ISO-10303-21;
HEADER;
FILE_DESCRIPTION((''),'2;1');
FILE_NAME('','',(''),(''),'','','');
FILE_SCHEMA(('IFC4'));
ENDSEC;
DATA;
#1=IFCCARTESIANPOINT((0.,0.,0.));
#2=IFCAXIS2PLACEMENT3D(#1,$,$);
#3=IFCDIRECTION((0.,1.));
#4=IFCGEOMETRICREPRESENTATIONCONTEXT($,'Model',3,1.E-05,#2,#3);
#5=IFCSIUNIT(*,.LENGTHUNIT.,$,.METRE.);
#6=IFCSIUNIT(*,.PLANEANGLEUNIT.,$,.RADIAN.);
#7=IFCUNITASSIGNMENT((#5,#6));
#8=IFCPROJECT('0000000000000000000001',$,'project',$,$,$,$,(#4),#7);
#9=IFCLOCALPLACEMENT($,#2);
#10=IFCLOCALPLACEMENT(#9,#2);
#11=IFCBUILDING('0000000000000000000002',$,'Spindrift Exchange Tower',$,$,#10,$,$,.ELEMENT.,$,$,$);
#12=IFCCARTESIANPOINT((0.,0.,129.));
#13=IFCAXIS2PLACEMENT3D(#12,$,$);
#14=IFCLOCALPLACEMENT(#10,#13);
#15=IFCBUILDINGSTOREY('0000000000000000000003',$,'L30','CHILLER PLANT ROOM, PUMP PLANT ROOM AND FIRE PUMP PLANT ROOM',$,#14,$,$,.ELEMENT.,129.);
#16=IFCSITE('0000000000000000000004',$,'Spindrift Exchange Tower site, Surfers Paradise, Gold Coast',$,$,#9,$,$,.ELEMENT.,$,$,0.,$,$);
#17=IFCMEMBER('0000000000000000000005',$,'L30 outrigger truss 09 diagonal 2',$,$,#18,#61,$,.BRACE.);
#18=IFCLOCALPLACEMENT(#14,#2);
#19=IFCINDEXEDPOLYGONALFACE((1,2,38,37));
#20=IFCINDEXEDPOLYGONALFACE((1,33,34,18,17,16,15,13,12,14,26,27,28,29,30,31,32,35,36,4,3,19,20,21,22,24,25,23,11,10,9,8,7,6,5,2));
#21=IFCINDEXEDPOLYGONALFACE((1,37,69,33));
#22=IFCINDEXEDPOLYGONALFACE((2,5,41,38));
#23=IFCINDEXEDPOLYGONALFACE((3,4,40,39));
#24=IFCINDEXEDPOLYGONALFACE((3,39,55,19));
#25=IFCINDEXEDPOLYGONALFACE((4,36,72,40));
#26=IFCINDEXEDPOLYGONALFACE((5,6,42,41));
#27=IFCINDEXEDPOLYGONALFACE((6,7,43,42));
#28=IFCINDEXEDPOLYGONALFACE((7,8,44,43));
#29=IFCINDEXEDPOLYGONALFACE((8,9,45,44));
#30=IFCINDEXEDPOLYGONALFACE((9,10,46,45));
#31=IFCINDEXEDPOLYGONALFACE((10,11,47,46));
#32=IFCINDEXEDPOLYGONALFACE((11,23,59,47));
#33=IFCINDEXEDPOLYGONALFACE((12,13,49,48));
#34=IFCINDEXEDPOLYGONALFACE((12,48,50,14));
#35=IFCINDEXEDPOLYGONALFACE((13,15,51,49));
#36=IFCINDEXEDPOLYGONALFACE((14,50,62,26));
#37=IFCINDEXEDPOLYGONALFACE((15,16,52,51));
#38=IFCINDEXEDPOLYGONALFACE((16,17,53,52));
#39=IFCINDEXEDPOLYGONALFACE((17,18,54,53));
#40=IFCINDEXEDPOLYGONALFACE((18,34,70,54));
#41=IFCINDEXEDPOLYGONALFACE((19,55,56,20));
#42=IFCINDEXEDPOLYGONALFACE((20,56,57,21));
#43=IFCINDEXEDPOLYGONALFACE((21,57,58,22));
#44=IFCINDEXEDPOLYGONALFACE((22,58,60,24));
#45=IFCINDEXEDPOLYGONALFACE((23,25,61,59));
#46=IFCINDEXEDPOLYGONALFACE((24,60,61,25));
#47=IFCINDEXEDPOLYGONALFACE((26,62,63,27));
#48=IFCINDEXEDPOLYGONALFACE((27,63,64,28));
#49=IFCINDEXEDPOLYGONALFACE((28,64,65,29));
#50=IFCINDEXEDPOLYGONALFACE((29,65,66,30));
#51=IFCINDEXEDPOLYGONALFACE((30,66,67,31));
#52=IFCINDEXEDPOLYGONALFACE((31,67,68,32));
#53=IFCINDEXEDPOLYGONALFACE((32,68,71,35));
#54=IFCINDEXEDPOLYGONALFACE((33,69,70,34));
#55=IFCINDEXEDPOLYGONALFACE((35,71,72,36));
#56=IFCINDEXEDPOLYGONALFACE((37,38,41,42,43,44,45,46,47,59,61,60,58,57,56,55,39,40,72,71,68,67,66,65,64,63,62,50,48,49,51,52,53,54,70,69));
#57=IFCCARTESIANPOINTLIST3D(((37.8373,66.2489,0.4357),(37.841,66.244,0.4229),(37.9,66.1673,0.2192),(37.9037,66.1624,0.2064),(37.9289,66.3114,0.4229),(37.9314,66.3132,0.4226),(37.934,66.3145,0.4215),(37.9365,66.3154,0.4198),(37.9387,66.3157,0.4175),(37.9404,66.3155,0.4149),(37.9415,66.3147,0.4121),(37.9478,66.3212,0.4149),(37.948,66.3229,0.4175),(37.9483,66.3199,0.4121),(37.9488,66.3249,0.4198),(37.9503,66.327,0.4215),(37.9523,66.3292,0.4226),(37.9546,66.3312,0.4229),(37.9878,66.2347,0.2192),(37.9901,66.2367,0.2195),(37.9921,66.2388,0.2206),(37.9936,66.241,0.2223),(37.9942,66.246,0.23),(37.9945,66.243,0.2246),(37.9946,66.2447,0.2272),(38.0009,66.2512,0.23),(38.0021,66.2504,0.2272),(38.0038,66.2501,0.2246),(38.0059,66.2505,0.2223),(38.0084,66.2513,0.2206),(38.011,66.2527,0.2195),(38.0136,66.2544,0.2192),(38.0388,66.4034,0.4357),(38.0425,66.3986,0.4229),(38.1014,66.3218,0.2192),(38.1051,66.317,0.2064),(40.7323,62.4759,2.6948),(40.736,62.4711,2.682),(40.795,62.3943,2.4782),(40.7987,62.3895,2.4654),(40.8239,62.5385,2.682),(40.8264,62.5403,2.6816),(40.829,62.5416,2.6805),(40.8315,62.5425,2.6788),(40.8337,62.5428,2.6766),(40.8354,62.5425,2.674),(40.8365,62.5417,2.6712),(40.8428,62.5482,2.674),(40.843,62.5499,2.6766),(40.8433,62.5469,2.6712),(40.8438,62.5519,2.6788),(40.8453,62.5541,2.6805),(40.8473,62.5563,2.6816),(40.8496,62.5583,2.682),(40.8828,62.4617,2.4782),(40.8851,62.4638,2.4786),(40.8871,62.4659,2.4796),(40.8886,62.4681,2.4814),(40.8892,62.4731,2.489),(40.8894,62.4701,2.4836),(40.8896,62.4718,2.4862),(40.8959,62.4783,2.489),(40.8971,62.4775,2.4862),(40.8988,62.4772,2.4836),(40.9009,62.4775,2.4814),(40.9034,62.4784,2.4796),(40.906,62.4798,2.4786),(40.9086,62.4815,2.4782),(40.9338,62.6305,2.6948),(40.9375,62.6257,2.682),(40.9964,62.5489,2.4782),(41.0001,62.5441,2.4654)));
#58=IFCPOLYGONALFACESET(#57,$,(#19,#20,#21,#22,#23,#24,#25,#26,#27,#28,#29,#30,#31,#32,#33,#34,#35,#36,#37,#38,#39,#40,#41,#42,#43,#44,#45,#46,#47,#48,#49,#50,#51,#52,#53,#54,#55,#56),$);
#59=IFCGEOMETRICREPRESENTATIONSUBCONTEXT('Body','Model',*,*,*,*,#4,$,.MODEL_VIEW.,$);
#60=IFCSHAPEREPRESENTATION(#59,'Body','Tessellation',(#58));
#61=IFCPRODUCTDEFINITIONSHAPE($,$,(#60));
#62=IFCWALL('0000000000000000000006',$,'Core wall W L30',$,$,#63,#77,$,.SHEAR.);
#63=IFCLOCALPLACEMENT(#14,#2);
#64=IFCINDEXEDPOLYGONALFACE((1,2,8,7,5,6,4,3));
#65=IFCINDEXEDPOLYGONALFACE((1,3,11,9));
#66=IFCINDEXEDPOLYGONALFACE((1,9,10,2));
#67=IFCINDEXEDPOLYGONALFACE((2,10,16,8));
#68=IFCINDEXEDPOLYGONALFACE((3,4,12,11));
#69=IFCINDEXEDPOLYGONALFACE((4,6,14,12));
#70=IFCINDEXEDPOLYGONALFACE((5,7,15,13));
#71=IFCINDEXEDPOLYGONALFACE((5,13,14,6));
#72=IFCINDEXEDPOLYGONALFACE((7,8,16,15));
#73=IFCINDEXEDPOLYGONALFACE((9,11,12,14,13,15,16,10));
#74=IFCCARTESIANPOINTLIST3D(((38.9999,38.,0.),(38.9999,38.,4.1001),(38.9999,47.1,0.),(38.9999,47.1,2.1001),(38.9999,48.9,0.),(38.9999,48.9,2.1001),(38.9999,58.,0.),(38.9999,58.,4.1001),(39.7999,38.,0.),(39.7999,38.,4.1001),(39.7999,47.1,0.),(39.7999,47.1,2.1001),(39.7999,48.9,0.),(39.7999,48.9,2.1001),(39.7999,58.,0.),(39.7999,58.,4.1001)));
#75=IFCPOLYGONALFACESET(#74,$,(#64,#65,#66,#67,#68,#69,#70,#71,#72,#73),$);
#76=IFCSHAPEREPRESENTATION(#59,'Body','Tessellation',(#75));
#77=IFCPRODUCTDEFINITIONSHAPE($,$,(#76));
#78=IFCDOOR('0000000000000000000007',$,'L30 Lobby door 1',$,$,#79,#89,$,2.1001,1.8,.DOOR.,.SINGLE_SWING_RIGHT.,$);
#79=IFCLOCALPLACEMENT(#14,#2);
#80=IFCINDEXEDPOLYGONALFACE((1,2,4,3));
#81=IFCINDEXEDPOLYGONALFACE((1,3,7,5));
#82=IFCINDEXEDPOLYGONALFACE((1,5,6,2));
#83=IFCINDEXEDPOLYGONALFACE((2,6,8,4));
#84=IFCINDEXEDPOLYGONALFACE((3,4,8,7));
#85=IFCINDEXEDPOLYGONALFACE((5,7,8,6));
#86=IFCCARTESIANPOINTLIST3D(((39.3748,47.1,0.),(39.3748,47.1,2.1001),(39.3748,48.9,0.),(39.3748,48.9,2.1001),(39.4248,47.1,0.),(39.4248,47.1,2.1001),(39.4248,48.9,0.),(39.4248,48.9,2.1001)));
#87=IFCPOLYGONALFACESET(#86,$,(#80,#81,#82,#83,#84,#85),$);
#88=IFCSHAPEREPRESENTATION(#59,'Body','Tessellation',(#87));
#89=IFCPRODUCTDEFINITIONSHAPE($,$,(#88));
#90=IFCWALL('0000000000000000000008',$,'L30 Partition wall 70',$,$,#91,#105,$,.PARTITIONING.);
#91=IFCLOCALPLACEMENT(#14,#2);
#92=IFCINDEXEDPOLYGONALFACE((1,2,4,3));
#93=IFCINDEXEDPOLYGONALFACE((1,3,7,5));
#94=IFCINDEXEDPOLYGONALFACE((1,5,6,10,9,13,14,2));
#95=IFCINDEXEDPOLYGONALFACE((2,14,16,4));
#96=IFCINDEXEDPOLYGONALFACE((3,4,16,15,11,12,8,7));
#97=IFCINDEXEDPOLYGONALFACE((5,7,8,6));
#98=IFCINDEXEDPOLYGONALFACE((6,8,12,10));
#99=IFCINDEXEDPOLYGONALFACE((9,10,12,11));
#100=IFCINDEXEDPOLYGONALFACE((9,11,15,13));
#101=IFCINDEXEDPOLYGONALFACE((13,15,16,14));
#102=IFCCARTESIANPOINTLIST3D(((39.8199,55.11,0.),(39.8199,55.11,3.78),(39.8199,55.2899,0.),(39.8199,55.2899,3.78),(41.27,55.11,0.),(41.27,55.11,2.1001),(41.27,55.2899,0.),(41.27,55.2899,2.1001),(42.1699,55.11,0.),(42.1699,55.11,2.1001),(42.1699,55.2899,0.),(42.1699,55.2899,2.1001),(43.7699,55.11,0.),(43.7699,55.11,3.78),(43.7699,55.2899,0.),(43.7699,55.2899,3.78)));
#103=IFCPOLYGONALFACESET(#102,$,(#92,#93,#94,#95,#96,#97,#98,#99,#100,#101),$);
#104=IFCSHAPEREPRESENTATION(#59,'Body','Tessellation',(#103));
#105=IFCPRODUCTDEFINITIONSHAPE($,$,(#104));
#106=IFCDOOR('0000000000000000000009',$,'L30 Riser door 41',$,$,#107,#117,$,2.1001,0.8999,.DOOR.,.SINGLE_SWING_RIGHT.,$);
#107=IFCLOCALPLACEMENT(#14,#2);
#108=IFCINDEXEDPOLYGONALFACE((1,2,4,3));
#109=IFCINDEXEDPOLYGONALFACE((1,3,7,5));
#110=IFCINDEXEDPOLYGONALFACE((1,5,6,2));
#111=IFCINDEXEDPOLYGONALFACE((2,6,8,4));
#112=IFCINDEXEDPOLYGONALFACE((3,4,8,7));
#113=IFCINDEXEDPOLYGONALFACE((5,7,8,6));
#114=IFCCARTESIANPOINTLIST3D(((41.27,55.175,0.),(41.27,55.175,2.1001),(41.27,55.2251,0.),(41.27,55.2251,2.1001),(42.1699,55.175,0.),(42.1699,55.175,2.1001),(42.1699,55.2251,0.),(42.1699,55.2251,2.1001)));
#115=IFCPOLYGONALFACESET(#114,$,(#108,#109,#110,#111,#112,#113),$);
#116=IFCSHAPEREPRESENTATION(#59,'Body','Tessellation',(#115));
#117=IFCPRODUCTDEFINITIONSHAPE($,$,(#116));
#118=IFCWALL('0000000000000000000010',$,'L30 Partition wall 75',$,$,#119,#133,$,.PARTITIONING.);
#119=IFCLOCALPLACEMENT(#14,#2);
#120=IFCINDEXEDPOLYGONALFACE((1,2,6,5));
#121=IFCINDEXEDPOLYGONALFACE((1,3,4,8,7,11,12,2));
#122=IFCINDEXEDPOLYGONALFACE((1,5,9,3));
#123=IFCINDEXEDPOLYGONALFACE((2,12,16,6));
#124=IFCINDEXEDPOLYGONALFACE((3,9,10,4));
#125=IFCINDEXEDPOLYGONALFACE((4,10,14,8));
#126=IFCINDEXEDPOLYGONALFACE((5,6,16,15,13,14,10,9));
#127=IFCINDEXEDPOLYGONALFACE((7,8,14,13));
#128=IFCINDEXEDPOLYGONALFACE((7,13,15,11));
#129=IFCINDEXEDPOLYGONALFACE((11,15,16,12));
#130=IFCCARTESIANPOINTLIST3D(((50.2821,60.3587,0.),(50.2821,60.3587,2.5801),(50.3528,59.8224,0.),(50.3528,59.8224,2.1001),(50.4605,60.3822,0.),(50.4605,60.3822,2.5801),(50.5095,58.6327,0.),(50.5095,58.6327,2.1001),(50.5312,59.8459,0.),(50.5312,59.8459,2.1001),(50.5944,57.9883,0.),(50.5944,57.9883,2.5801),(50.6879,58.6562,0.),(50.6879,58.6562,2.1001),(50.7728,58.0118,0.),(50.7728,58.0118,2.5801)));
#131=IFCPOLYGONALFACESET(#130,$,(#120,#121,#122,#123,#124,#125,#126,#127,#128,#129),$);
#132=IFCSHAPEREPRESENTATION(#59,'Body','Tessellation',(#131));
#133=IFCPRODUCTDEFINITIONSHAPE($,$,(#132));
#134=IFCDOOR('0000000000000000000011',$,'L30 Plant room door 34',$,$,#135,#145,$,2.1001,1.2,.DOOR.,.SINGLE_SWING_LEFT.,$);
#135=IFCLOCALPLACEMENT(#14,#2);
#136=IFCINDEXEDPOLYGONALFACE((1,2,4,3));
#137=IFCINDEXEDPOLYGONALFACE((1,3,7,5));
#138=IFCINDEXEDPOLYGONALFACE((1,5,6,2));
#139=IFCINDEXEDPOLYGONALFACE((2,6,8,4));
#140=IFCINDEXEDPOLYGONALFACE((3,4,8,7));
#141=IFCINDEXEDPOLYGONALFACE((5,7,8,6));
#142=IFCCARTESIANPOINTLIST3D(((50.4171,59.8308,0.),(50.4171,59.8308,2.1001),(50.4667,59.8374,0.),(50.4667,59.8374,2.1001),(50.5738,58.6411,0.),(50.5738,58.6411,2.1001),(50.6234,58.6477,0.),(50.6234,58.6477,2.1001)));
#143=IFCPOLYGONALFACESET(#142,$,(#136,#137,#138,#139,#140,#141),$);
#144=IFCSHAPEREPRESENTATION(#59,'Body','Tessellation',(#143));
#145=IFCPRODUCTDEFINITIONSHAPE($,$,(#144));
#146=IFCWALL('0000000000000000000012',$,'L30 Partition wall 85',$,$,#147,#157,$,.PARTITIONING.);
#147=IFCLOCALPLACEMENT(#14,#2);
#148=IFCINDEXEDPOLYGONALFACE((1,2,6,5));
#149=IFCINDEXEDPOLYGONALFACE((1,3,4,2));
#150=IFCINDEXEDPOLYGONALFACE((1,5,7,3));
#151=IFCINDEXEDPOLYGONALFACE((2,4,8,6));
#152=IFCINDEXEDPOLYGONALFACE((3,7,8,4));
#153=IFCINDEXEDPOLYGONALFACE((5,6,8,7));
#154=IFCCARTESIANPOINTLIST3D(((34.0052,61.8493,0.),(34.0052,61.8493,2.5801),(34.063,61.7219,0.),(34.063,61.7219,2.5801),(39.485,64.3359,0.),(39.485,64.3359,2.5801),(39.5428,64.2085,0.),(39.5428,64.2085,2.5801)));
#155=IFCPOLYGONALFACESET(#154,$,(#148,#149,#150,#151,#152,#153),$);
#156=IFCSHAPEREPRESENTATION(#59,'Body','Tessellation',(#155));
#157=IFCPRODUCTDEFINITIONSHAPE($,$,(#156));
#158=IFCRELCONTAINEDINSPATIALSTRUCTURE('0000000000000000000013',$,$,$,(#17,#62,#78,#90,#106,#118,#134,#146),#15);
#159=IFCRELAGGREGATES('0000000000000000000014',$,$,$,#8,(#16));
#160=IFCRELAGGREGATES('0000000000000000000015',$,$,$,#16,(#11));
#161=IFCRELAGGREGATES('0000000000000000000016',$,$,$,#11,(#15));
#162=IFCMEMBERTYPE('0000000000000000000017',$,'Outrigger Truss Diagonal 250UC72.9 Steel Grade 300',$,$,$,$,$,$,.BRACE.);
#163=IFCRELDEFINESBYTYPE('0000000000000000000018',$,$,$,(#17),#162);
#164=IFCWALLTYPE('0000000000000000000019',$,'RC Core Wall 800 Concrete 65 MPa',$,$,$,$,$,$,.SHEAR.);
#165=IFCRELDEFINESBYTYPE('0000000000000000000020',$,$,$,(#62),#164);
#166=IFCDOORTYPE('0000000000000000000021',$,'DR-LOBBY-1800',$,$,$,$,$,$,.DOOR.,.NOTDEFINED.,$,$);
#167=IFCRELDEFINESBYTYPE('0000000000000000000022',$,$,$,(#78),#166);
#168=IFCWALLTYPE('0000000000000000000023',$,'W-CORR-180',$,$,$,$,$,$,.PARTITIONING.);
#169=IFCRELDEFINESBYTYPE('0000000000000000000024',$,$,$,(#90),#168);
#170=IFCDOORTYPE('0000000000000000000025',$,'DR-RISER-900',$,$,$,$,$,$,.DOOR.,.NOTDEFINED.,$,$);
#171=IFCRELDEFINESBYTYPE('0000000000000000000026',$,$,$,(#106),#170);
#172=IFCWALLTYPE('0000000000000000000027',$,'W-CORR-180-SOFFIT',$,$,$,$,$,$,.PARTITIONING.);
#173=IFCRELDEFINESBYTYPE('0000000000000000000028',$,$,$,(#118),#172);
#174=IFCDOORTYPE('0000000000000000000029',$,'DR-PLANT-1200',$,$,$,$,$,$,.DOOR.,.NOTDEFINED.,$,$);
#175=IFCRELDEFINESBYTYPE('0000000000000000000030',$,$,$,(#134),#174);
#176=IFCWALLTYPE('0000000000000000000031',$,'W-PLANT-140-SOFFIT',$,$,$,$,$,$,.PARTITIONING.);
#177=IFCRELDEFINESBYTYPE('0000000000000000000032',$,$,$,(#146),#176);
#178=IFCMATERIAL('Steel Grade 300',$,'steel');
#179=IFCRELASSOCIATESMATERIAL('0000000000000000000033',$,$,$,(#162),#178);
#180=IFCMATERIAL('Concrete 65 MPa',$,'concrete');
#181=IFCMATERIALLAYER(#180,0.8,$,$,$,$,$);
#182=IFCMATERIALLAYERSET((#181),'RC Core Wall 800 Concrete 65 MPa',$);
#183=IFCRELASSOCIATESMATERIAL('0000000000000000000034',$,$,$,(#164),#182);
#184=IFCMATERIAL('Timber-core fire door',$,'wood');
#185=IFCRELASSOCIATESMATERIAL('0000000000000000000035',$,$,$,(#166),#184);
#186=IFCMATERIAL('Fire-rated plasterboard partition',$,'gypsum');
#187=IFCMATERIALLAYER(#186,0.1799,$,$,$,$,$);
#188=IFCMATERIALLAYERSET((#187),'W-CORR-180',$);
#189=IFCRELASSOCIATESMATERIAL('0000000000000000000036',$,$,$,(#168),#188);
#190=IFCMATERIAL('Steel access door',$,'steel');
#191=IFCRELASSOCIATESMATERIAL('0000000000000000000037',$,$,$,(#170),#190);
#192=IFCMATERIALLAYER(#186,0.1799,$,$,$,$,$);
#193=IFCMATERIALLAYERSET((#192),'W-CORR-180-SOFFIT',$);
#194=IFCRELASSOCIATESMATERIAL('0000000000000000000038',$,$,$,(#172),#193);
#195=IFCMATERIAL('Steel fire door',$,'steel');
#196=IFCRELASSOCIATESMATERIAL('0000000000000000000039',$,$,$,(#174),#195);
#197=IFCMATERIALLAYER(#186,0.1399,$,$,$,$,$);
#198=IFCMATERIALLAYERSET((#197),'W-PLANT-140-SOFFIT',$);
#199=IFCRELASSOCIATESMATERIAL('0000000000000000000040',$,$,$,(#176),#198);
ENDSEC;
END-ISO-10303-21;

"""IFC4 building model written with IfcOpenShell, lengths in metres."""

from ifc_helpers import new_model, si_unit, direction, frame, frame_2d, origin, origin_2d, place, context, subcontext, project, spatial, rectangle, i_section, extrude, source, transform, mapped, material, layer, layer_set, material_profile, profile_set, type_object, element, fill, save


model = new_model("IFC4")

# Units and contexts
model_context = context("Model", 3, precision=1e-05, world=origin(), true_north=direction((0.0, 1.0)))
body_context = subcontext(model_context, "Body", "Model", "MODEL_VIEW")
ifc_project = project(units=[si_unit("LENGTHUNIT", "METRE"), si_unit("PLANEANGLEUNIT", "RADIAN")], contexts=[model_context])

# Site, building, storey
site_placement = place(None, origin())
site = spatial("IfcSite", under=ifc_project, at=site_placement, Name="Spindrift Exchange Tower site, Surfers Paradise, Gold Coast", CompositionType="ELEMENT", RefElevation=0.0)
building_placement = place(site_placement, origin())
building = spatial("IfcBuilding", under=site, at=building_placement, Name="Spindrift Exchange Tower", CompositionType="ELEMENT")
storey_placement = place(building_placement, frame((0.0, 0.0, 129.0)))
storey = spatial("IfcBuildingStorey", under=building, at=storey_placement, Name="L30", Description="CHILLER PLANT ROOM, PUMP PLANT ROOM AND FIRE PUMP PLANT ROOM", CompositionType="ELEMENT", Elevation=129.0)

# Shared definitions
ifc_material_1 = material(Name="Concrete 65 MPa", Category="concrete")

# Shared definitions
ifc_material_2 = material(Name="Steel Grade 300", Category="steel")

# Member
ifc_material_profile_1 = material_profile(ifc_material_2, i_section(OverallWidth=0.2539, OverallDepth=0.2539, WebThickness=0.0085, FlangeThickness=0.0142, FilletRadius=0.012, at=origin_2d()), Name="250UC72.9")
ifc_profile_set_1 = profile_set([ifc_material_profile_1], Name="Steel Grade 300")
member_type_1 = type_object("IfcMemberType", Name="Outrigger Truss Diagonal 250UC72.9 Steel Grade 300", PredefinedType="BRACE", material=ifc_profile_set_1)
shared_shape_1 = source(origin(), body_context, "Body", "SweptSolid", [
    extrude(i_section(OverallWidth=0.2539, OverallDepth=0.2539, WebThickness=0.0085, FlangeThickness=0.0142, FilletRadius=0.012, at=origin_2d()), origin(), (0.0, 0.0, 1.0), 5.2649),
])
member_1_placement = place(storey_placement, frame((40.8662, 62.51, 2.5801), z_axis=(-0.549868, 0.716619, -0.429072), x_axis=(-0.79336, -0.608753, 0.0)))
element("IfcMember", 1, at=member_1_placement, inside=storey, type_object=member_type_1, Name="L30 outrigger truss 09 diagonal 2", PredefinedType="BRACE", context=body_context, shape_type="MappedRepresentation", body=[
    mapped(shared_shape_1, transform((0.0, 0.0, 0.0), scale=1.0)),
])

# Walls, openings, doors
ifc_layer_1 = layer(ifc_material_1, 0.8)
ifc_layer_set_1 = layer_set([ifc_layer_1], Name="RC Core Wall 800 Concrete 65 MPa")
wall_type_1 = type_object("IfcWallType", Name="RC Core Wall 800 Concrete 65 MPa", PredefinedType="SHEAR", material=ifc_layer_set_1)
wall_1_placement = place(storey_placement, frame((39.3999, 58.0, 0.0), z_axis=(0.0, 0.0, 1.0), x_axis=(0.0, -1.0, 0.0)))
wall_1 = element("IfcWall", 2, at=wall_1_placement, inside=storey, type_object=wall_type_1, Name="Core wall W L30", PredefinedType="SHEAR", context=body_context, shape_type="SweptSolid", body=[
    extrude(rectangle(XDim=20.0, YDim=0.8, at=frame_2d((10.0, 0.0))), origin(), (0.0, 0.0, 1.0), 4.1001),
])
opening_1_placement = place(wall_1_placement, frame((9.1001, 0.0, 0.0)))
opening_1 = element("IfcOpeningElement", 3, at=opening_1_placement, cuts=wall_1, PredefinedType="OPENING", context=body_context, shape_type="SweptSolid", body=[
    extrude(rectangle(XDim=1.8, YDim=2.1001, at=frame_2d((0.8999, 1.05))), frame((0.0, 0.4099, 0.0), z_axis=(0.0, -1.0, 0.0), x_axis=(1.0, 0.0, 0.0)), (0.0, 0.0, 1.0), 0.8201),
])
ifc_material_3 = material(Name="Timber-core fire door", Category="wood")
door_type_1 = type_object("IfcDoorType", Name="DR-LOBBY-1800", OperationType="NOTDEFINED", PredefinedType="DOOR", material=ifc_material_3)
shared_shape_2 = source(origin(), body_context, "Body", "SweptSolid", [
    extrude(rectangle(XDim=1.8, YDim=2.1001, at=frame_2d((0.8999, 1.05))), frame((0.0, 0.0249, 0.0), z_axis=(0.0, -1.0, 0.0), x_axis=(1.0, 0.0, 0.0)), (0.0, 0.0, 1.0), 0.05),
])
door_1_placement = place(opening_1_placement, origin())
door_1 = element("IfcDoor", 4, at=door_1_placement, inside=storey, type_object=door_type_1, Name="L30 Lobby door 1", OperationType="SINGLE_SWING_RIGHT", OverallHeight=2.1001, OverallWidth=1.8, PredefinedType="DOOR", context=body_context, shape_type="MappedRepresentation", body=[
    mapped(shared_shape_2, transform((0.0, 0.0, 0.0), scale=1.0)),
])
fill(opening_1, door_1)
ifc_material_4 = material(Name="Fire-rated plasterboard partition", Category="gypsum")
ifc_layer_2 = layer(ifc_material_4, 0.1799)
ifc_layer_set_2 = layer_set([ifc_layer_2], Name="W-CORR-180")
wall_type_2 = type_object("IfcWallType", Name="W-CORR-180", PredefinedType="PARTITIONING", material=ifc_layer_set_2)
wall_2_placement = place(storey_placement, frame((43.77, 55.2, 0.0), z_axis=(0.0, 0.0, 1.0), x_axis=(-1.0, 0.0, 0.0)))
wall_2 = element("IfcWall", 5, at=wall_2_placement, inside=storey, type_object=wall_type_2, Name="L30 Partition wall 70", PredefinedType="PARTITIONING", context=body_context, shape_type="SweptSolid", body=[
    extrude(rectangle(XDim=3.95, YDim=0.1799, at=frame_2d((1.9751, 0.0))), origin(), (0.0, 0.0, 1.0), 3.78),
])
opening_2_placement = place(wall_2_placement, frame((1.6001, 0.0, 0.0)))
opening_2 = element("IfcOpeningElement", 6, at=opening_2_placement, cuts=wall_2, PredefinedType="OPENING", context=body_context, shape_type="SweptSolid", body=[
    extrude(rectangle(XDim=0.8999, YDim=2.1001, at=frame_2d((0.45, 1.05))), frame((0.0, 0.0999, 0.0), z_axis=(0.0, -1.0, 0.0), x_axis=(1.0, 0.0, 0.0)), (0.0, 0.0, 1.0), 0.2),
])
ifc_material_5 = material(Name="Steel access door", Category="steel")
door_type_2 = type_object("IfcDoorType", Name="DR-RISER-900", OperationType="NOTDEFINED", PredefinedType="DOOR", material=ifc_material_5)
shared_shape_3 = source(origin(), body_context, "Body", "SweptSolid", [
    extrude(rectangle(XDim=0.8999, YDim=2.1001, at=frame_2d((0.45, 1.05))), frame((0.0, 0.0249, 0.0), z_axis=(0.0, -1.0, 0.0), x_axis=(1.0, 0.0, 0.0)), (0.0, 0.0, 1.0), 0.05),
])
door_2_placement = place(opening_2_placement, origin())
door_2 = element("IfcDoor", 7, at=door_2_placement, inside=storey, type_object=door_type_2, Name="L30 Riser door 41", OperationType="SINGLE_SWING_RIGHT", OverallHeight=2.1001, OverallWidth=0.8999, PredefinedType="DOOR", context=body_context, shape_type="MappedRepresentation", body=[
    mapped(shared_shape_3, transform((0.0, 0.0, 0.0), scale=1.0)),
])
fill(opening_2, door_2)
ifc_layer_3 = layer(ifc_material_4, 0.1799)
ifc_layer_set_3 = layer_set([ifc_layer_3], Name="W-CORR-180-SOFFIT")
wall_type_3 = type_object("IfcWallType", Name="W-CORR-180-SOFFIT", PredefinedType="PARTITIONING", material=ifc_layer_set_3)
wall_3_placement = place(storey_placement, frame((50.3713, 60.3704, 0.0), z_axis=(0.0, 0.0, 1.0), x_axis=(0.130605, -0.991434, 0.0)))
wall_3 = element("IfcWall", 8, at=wall_3_placement, inside=storey, type_object=wall_type_3, Name="L30 Partition wall 75", PredefinedType="PARTITIONING", context=body_context, shape_type="SweptSolid", body=[
    extrude(rectangle(XDim=2.3909, YDim=0.1799, at=frame_2d((1.1953, 0.0))), origin(), (0.0, 0.0, 1.0), 2.5801),
])
opening_3_placement = place(wall_3_placement, frame((0.5408, 0.0, 0.0)))
opening_3 = element("IfcOpeningElement", 9, at=opening_3_placement, cuts=wall_3, PredefinedType="OPENING", context=body_context, shape_type="SweptSolid", body=[
    extrude(rectangle(XDim=1.2, YDim=2.1001, at=frame_2d((0.6001, 1.05))), frame((0.0, 0.0999, 0.0), z_axis=(0.0, -1.0, 0.0), x_axis=(1.0, 0.0, 0.0)), (0.0, 0.0, 1.0), 0.2),
])
ifc_material_6 = material(Name="Steel fire door", Category="steel")
door_type_3 = type_object("IfcDoorType", Name="DR-PLANT-1200", OperationType="NOTDEFINED", PredefinedType="DOOR", material=ifc_material_6)
shared_shape_4 = source(origin(), body_context, "Body", "SweptSolid", [
    extrude(rectangle(XDim=1.2, YDim=2.1001, at=frame_2d((0.6001, 1.05))), frame((0.0, 0.0249, 0.0), z_axis=(0.0, -1.0, 0.0), x_axis=(1.0, 0.0, 0.0)), (0.0, 0.0, 1.0), 0.05),
])
door_3_placement = place(opening_3_placement, origin())
door_3 = element("IfcDoor", 10, at=door_3_placement, inside=storey, type_object=door_type_3, Name="L30 Plant room door 34", OperationType="SINGLE_SWING_LEFT", OverallHeight=2.1001, OverallWidth=1.2, PredefinedType="DOOR", context=body_context, shape_type="MappedRepresentation", body=[
    mapped(shared_shape_4, transform((0.0, 0.0, 0.0), scale=1.0)),
])
fill(opening_3, door_3)

# Wall
ifc_layer_4 = layer(ifc_material_4, 0.1399)
ifc_layer_set_4 = layer_set([ifc_layer_4], Name="W-PLANT-140-SOFFIT")
wall_type_4 = type_object("IfcWallType", Name="W-PLANT-140-SOFFIT", PredefinedType="PARTITIONING", material=ifc_layer_set_4)
wall_4_placement = place(storey_placement, frame((39.5139, 64.2722, 0.0), z_axis=(0.0, 0.0, 1.0), x_axis=(-0.91063, -0.413222, 0.0)))
element("IfcWall", 11, at=wall_4_placement, inside=storey, type_object=wall_type_4, Name="L30 Partition wall 85", PredefinedType="PARTITIONING", context=body_context, shape_type="SweptSolid", body=[
    extrude(rectangle(XDim=6.0176, YDim=0.1399, at=frame_2d((3.0088, 0.0))), origin(), (0.0, 0.0, 1.0), 2.5801),
])

save(model, "model.ifc")
